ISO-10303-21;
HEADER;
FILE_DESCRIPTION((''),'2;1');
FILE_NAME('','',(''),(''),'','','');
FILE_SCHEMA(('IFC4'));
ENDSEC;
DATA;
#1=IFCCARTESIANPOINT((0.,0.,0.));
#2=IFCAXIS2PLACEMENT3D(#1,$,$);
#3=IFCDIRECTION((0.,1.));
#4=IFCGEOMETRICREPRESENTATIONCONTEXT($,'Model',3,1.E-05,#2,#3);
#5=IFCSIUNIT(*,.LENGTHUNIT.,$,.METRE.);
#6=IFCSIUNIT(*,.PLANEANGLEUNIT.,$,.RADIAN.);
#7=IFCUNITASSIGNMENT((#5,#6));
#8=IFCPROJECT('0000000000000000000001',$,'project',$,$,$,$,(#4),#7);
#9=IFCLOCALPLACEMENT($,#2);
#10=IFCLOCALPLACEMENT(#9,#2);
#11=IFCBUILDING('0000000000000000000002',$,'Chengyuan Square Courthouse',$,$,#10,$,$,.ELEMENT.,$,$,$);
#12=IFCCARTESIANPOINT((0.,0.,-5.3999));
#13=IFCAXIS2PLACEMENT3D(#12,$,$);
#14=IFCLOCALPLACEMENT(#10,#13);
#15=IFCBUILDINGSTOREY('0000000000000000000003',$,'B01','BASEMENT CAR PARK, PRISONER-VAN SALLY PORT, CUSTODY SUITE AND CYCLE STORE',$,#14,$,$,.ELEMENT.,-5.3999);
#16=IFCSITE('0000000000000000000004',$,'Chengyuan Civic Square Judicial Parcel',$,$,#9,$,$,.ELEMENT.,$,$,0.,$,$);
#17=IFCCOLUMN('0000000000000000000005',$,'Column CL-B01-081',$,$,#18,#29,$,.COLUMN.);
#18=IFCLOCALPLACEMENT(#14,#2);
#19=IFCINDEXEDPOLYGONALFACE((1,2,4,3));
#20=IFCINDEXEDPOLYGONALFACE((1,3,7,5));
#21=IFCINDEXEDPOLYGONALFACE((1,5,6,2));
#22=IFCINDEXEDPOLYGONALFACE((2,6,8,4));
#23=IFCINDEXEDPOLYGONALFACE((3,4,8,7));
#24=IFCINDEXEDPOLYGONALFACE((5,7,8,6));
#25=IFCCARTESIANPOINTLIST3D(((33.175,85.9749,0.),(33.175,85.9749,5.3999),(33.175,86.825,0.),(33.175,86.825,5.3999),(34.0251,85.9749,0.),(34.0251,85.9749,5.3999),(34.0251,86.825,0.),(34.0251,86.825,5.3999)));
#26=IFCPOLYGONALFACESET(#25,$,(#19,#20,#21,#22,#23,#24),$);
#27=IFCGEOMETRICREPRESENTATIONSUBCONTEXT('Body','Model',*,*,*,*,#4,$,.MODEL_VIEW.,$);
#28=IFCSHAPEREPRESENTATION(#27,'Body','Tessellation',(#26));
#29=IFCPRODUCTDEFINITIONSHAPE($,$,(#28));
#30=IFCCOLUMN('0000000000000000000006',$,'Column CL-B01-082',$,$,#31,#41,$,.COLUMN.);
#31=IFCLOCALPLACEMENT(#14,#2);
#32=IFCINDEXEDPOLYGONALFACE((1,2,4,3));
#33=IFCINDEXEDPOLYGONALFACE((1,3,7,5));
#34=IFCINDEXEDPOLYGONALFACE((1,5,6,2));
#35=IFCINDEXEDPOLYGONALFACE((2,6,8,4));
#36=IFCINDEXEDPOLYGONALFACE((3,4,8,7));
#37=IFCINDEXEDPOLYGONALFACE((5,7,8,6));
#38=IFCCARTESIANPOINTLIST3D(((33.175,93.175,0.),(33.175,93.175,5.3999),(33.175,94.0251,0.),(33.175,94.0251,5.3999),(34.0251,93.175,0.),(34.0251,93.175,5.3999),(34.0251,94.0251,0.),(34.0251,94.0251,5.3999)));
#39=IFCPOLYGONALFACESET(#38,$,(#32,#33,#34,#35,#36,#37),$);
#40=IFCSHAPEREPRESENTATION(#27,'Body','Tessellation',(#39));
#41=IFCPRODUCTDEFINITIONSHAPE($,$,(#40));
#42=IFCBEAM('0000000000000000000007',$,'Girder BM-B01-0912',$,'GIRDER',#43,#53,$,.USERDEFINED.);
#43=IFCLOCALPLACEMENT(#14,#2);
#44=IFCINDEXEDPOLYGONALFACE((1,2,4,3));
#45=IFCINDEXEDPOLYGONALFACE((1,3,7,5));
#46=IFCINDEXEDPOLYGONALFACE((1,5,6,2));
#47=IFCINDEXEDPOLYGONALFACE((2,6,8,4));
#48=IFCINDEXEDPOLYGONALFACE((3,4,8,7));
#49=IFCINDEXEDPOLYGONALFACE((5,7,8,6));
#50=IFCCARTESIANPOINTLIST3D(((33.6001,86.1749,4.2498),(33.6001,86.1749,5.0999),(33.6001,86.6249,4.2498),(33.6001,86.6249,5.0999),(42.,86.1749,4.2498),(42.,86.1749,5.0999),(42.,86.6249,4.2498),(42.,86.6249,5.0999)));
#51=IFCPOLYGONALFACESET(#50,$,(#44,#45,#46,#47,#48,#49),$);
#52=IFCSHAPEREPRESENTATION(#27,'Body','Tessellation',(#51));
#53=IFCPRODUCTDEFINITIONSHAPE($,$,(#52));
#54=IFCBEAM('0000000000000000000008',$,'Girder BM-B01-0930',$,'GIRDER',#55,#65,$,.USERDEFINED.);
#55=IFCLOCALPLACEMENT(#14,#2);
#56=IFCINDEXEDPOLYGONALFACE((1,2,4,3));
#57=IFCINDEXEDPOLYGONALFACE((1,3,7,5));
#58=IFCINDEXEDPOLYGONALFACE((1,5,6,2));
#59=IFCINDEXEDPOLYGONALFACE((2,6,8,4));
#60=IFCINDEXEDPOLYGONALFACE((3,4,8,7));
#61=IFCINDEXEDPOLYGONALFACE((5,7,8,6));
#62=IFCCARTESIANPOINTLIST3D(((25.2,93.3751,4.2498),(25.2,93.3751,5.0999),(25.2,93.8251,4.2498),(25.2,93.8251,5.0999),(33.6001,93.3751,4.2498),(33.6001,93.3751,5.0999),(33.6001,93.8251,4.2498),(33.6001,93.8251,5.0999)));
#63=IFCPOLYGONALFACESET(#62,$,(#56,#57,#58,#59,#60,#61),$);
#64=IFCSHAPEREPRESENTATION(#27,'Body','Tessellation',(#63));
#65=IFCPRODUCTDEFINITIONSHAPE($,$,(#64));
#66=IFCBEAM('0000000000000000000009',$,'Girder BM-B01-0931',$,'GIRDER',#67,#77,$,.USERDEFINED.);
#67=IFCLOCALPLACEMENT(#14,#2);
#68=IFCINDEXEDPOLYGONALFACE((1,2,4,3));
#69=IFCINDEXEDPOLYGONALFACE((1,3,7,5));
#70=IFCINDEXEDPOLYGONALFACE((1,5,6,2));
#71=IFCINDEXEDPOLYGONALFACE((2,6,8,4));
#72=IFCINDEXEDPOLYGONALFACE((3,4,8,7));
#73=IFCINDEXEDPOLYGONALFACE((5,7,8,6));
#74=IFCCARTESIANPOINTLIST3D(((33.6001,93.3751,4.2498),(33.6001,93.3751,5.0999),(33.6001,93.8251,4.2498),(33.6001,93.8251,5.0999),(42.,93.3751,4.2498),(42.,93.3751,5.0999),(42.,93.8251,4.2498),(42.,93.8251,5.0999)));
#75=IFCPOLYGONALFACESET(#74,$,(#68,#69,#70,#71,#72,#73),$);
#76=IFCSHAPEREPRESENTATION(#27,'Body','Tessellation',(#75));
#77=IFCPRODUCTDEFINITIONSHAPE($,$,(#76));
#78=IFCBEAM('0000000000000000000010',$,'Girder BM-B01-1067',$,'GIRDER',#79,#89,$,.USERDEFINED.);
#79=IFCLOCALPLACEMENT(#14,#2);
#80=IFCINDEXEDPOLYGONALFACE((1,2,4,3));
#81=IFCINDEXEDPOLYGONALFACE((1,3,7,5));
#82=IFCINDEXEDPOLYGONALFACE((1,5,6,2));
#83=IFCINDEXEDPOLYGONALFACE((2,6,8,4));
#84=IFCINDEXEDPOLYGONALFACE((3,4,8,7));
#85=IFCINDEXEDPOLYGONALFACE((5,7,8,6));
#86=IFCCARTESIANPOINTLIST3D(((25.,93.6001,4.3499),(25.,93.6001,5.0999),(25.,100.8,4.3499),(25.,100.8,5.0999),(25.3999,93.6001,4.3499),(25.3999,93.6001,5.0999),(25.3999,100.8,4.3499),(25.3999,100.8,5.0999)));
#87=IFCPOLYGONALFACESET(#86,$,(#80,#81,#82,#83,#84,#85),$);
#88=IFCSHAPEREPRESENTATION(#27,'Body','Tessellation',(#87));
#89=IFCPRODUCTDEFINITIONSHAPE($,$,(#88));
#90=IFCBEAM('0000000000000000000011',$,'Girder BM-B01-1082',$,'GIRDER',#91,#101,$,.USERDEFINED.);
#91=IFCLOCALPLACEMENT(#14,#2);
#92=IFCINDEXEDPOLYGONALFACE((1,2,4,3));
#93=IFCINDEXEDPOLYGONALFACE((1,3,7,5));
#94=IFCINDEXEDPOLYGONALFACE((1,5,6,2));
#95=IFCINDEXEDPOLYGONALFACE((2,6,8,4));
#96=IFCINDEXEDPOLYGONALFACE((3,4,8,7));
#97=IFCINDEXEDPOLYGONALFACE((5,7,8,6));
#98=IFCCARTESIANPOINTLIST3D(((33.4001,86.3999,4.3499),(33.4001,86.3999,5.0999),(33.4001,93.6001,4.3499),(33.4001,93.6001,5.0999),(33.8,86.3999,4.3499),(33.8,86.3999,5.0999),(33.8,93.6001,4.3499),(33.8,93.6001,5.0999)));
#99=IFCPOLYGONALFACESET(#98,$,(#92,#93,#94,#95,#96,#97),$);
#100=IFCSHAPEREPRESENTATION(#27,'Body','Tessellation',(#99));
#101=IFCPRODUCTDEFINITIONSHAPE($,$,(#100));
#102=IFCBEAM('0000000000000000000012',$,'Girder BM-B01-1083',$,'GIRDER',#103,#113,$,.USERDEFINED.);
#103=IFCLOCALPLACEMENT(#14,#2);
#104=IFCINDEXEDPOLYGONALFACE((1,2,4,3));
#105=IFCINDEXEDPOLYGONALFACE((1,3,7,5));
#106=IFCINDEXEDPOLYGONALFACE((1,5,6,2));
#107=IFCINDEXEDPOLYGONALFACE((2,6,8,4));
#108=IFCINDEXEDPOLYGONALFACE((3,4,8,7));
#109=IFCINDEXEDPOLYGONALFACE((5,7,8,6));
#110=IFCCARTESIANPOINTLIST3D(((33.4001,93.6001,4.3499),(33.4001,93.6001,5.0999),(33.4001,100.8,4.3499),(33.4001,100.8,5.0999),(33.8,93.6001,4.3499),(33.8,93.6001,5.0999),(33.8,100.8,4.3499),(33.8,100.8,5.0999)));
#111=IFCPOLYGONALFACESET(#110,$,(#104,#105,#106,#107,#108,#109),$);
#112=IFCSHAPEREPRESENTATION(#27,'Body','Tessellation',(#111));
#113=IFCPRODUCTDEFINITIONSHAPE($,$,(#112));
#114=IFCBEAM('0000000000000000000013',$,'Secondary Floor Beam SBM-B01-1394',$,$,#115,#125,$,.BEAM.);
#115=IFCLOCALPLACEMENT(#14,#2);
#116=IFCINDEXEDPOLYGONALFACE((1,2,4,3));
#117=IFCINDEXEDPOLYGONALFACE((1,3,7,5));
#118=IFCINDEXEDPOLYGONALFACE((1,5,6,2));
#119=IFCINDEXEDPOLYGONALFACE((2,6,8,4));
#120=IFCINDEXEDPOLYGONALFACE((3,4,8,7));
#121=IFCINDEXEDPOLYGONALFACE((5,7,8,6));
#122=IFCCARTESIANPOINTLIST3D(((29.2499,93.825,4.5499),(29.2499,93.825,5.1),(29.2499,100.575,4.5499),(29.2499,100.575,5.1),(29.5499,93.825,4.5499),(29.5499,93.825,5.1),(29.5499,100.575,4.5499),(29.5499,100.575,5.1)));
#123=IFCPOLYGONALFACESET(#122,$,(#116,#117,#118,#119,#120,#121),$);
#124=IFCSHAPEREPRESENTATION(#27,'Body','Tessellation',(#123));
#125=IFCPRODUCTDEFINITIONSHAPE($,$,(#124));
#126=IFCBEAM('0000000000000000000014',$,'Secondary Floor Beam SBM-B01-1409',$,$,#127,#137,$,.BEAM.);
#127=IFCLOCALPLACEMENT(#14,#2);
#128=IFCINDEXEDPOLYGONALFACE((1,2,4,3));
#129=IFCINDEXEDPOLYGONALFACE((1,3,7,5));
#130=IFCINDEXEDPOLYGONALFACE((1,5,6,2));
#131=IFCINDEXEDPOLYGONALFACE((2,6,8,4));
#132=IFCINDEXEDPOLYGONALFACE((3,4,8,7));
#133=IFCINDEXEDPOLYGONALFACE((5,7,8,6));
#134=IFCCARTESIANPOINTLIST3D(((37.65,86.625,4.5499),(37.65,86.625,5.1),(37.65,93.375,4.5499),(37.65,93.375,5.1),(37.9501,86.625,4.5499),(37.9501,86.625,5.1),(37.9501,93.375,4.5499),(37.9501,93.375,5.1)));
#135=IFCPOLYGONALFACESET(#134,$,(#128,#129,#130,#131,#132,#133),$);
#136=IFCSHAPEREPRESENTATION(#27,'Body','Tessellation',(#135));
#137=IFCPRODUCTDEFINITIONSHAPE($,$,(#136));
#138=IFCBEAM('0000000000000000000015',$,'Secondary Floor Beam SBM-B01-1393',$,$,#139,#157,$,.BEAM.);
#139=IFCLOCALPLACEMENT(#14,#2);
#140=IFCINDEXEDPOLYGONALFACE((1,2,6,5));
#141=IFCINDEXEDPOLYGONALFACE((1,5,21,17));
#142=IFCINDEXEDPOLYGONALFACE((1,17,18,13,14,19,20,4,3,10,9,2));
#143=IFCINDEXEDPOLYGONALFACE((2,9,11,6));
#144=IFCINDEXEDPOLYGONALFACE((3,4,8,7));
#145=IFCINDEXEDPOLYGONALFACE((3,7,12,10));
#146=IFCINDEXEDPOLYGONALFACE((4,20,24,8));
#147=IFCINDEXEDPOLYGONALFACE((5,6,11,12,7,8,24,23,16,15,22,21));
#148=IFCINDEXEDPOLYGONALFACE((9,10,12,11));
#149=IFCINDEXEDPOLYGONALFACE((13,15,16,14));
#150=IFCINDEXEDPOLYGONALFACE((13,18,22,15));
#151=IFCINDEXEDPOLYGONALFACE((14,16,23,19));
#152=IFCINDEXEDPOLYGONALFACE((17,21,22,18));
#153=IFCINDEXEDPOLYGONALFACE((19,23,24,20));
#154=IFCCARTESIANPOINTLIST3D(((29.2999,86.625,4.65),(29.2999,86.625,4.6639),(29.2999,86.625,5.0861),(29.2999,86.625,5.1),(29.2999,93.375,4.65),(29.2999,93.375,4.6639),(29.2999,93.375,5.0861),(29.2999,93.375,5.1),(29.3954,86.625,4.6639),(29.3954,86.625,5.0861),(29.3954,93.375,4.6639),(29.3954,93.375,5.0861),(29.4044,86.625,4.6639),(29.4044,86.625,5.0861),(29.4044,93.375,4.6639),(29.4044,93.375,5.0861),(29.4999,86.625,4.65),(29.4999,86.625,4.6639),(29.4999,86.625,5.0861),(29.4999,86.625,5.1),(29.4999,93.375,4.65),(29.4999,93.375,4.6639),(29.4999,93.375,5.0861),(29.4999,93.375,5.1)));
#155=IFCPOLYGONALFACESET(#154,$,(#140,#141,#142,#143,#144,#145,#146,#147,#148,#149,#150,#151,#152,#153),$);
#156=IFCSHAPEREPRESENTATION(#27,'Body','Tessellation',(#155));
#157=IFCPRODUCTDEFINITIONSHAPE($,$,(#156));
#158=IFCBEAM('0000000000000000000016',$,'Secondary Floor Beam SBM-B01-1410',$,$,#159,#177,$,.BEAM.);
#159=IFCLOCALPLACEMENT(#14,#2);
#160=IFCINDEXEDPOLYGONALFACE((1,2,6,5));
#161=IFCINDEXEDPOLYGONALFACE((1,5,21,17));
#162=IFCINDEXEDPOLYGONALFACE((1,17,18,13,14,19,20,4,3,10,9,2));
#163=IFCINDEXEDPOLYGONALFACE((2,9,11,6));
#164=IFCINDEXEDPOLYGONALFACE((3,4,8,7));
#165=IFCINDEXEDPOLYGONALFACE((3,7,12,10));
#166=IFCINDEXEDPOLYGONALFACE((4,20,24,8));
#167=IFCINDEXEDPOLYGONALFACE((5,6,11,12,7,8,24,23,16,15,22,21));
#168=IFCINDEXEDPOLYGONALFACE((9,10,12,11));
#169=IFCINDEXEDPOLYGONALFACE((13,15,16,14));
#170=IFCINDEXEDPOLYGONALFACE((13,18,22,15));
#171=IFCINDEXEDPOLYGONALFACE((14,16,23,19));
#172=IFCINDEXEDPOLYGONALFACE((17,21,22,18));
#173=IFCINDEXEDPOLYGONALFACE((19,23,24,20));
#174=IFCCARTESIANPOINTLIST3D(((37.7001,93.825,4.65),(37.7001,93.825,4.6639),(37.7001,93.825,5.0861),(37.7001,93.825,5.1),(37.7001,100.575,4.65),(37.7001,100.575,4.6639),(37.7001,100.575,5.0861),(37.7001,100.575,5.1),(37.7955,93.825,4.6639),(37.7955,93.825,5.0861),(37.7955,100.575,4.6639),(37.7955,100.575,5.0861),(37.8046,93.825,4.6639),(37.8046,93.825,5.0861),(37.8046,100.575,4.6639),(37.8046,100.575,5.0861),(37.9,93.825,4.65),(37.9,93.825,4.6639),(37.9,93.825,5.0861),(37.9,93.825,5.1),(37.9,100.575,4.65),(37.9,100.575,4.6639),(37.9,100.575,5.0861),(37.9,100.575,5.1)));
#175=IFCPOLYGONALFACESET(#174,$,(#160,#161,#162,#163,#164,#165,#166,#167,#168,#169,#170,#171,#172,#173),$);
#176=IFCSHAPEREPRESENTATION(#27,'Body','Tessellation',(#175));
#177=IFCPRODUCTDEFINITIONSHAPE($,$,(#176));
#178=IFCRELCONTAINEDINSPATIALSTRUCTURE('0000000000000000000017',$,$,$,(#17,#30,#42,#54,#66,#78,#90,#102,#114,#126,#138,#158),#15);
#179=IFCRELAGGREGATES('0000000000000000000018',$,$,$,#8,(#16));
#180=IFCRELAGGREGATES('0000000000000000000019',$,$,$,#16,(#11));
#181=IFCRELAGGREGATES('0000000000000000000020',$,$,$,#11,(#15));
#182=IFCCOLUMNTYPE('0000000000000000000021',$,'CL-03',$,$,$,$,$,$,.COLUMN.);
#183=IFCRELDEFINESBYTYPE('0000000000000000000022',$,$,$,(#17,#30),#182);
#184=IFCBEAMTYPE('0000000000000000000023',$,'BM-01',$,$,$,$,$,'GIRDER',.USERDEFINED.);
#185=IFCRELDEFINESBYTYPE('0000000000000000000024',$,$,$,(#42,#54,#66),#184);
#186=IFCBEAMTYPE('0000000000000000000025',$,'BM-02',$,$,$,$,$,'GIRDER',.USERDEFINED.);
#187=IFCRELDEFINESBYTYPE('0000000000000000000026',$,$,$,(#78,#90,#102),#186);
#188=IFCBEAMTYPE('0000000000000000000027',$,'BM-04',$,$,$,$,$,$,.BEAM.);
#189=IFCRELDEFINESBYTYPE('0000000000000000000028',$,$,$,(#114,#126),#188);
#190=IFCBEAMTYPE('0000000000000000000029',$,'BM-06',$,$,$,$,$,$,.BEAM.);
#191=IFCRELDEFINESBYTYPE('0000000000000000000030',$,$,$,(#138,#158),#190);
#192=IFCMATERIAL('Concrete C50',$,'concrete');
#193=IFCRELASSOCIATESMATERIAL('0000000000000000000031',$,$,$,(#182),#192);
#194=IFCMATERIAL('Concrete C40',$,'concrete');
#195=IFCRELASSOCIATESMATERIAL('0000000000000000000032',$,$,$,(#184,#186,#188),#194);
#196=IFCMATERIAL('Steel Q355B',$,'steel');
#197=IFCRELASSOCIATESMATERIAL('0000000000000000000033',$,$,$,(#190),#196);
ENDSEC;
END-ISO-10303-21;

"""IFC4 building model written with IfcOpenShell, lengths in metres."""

from ifc_helpers import new_model, si_unit, direction, frame, origin, origin_2d, place, context, subcontext, project, spatial, rectangle, i_section, extrude, material, material_profile, profile_set, type_object, element, save


model = new_model("IFC4")

# Units and contexts
model_context = context("Model", 3, precision=1e-05, world=origin(), true_north=direction((0.0, 1.0)))
body_context = subcontext(model_context, "Body", "Model", "MODEL_VIEW")
ifc_project = project(units=[si_unit("LENGTHUNIT", "METRE"), si_unit("PLANEANGLEUNIT", "RADIAN")], contexts=[model_context])

# Site, building, storey
site_placement = place(None, origin())
site = spatial("IfcSite", under=ifc_project, at=site_placement, Name="Chengyuan Civic Square Judicial Parcel", CompositionType="ELEMENT", RefElevation=0.0)
building_placement = place(site_placement, origin())
building = spatial("IfcBuilding", under=site, at=building_placement, Name="Chengyuan Square Courthouse", CompositionType="ELEMENT")
storey_placement = place(building_placement, frame((0.0, 0.0, -5.3999)))
storey = spatial("IfcBuildingStorey", under=building, at=storey_placement, Name="B01", Description="BASEMENT CAR PARK, PRISONER-VAN SALLY PORT, CUSTODY SUITE AND CYCLE STORE", CompositionType="ELEMENT", Elevation=-5.3999)

# Columns
ifc_material_1 = material(Name="Concrete C50", Category="concrete")
ifc_material_profile_1 = material_profile(ifc_material_1, rectangle(XDim=0.8501, YDim=0.8501, at=origin_2d()), Name="RC-COL-850x850")
ifc_profile_set_1 = profile_set([ifc_material_profile_1], Name="Concrete C50")
column_type = type_object("IfcColumnType", Name="CL-03", PredefinedType="COLUMN", material=ifc_profile_set_1)
for number, where, z_axis, x_axis, name in (
    (1, (33.6001, 86.3999, 0.0), (0.0, 0.0, 1.0), (1.0, 0.0, 0.0), "Column CL-B01-081"),
    (2, (33.6001, 93.6001, 0.0), (0.0, 0.0, 1.0), (1.0, 0.0, 0.0), "Column CL-B01-082"),
):
    element("IfcColumn", number, at=place(storey_placement, frame(where, z_axis=z_axis, x_axis=x_axis)), inside=storey, type_object=column_type, Name=name, PredefinedType="COLUMN", context=body_context, shape_type="SweptSolid", body=[
        extrude(rectangle(XDim=0.8501, YDim=0.8501, at=origin_2d()), origin(), (0.0, 0.0, 1.0), 5.3999),
    ])

# Beams
ifc_material_2 = material(Name="Concrete C40", Category="concrete")
ifc_material_profile_2 = material_profile(ifc_material_2, rectangle(XDim=0.45, YDim=0.8501, at=origin_2d()), Name="RC-BM-450x850")
ifc_profile_set_2 = profile_set([ifc_material_profile_2], Name="Concrete C40")
beam_type_1 = type_object("IfcBeamType", Name="BM-01", ElementType="GIRDER", PredefinedType="USERDEFINED", material=ifc_profile_set_2)
beam_1_placement = place(storey_placement, frame((33.6001, 86.3999, 4.6748), z_axis=(1.0, 0.0, 0.0), x_axis=(0.0, 1.0, 0.0)))
element("IfcBeam", 3, at=beam_1_placement, inside=storey, type_object=beam_type_1, Name="Girder BM-B01-0912", ObjectType="GIRDER", PredefinedType="USERDEFINED", context=body_context, shape_type="SweptSolid", body=[
    extrude(rectangle(XDim=0.45, YDim=0.8501, at=origin_2d()), origin(), (0.0, 0.0, 1.0), 8.3999),
])
beam_2_placement = place(storey_placement, frame((25.2, 93.6001, 4.6748), z_axis=(1.0, 0.0, 0.0), x_axis=(0.0, 1.0, 0.0)))
element("IfcBeam", 4, at=beam_2_placement, inside=storey, type_object=beam_type_1, Name="Girder BM-B01-0930", ObjectType="GIRDER", PredefinedType="USERDEFINED", context=body_context, shape_type="SweptSolid", body=[
    extrude(rectangle(XDim=0.45, YDim=0.8501, at=origin_2d()), origin(), (0.0, 0.0, 1.0), 8.4001),
])
beam_3_placement = place(storey_placement, frame((33.6001, 93.6001, 4.6748), z_axis=(1.0, 0.0, 0.0), x_axis=(0.0, 1.0, 0.0)))
element("IfcBeam", 5, at=beam_3_placement, inside=storey, type_object=beam_type_1, Name="Girder BM-B01-0931", ObjectType="GIRDER", PredefinedType="USERDEFINED", context=body_context, shape_type="SweptSolid", body=[
    extrude(rectangle(XDim=0.45, YDim=0.8501, at=origin_2d()), origin(), (0.0, 0.0, 1.0), 8.3999),
])
ifc_material_profile_3 = material_profile(ifc_material_2, rectangle(XDim=0.3999, YDim=0.75, at=origin_2d()), Name="RC-BM-400x750")
ifc_profile_set_3 = profile_set([ifc_material_profile_3], Name="Concrete C40")
beam_type_2 = type_object("IfcBeamType", Name="BM-02", ElementType="GIRDER", PredefinedType="USERDEFINED", material=ifc_profile_set_3)
beam_4_placement = place(storey_placement, frame((25.2, 93.6001, 4.7249), z_axis=(0.0, 1.0, 0.0), x_axis=(-1.0, 0.0, 0.0)))
element("IfcBeam", 6, at=beam_4_placement, inside=storey, type_object=beam_type_2, Name="Girder BM-B01-1067", ObjectType="GIRDER", PredefinedType="USERDEFINED", context=body_context, shape_type="SweptSolid", body=[
    extrude(rectangle(XDim=0.3999, YDim=0.75, at=origin_2d()), origin(), (0.0, 0.0, 1.0), 7.2),
])
beam_5_placement = place(storey_placement, frame((33.6001, 86.3999, 4.7249), z_axis=(0.0, 1.0, 0.0), x_axis=(-1.0, 0.0, 0.0)))
element("IfcBeam", 7, at=beam_5_placement, inside=storey, type_object=beam_type_2, Name="Girder BM-B01-1082", ObjectType="GIRDER", PredefinedType="USERDEFINED", context=body_context, shape_type="SweptSolid", body=[
    extrude(rectangle(XDim=0.3999, YDim=0.75, at=origin_2d()), origin(), (0.0, 0.0, 1.0), 7.2002),
])
beam_6_placement = place(storey_placement, frame((33.6001, 93.6001, 4.7249), z_axis=(0.0, 1.0, 0.0), x_axis=(-1.0, 0.0, 0.0)))
element("IfcBeam", 8, at=beam_6_placement, inside=storey, type_object=beam_type_2, Name="Girder BM-B01-1083", ObjectType="GIRDER", PredefinedType="USERDEFINED", context=body_context, shape_type="SweptSolid", body=[
    extrude(rectangle(XDim=0.3999, YDim=0.75, at=origin_2d()), origin(), (0.0, 0.0, 1.0), 7.2),
])
ifc_material_profile_4 = material_profile(ifc_material_2, rectangle(XDim=0.3, YDim=0.55, at=origin_2d()), Name="RC-BM-300x550")
ifc_profile_set_4 = profile_set([ifc_material_profile_4], Name="Concrete C40")
beam_type_3 = type_object("IfcBeamType", Name="BM-04", PredefinedType="BEAM", material=ifc_profile_set_4)
for number, where, z_axis, x_axis, name in (
    (9, (29.3999, 93.825, 4.825), (0.0, 1.0, 0.0), (-1.0, 0.0, 0.0), "Secondary Floor Beam SBM-B01-1394"),
    (10, (37.8, 86.625, 4.825), (0.0, 1.0, 0.0), (-1.0, 0.0, 0.0), "Secondary Floor Beam SBM-B01-1409"),
):
    element("IfcBeam", number, at=place(storey_placement, frame(where, z_axis=z_axis, x_axis=x_axis)), inside=storey, type_object=beam_type_3, Name=name, PredefinedType="BEAM", context=body_context, shape_type="SweptSolid", body=[
        extrude(rectangle(XDim=0.3, YDim=0.55, at=origin_2d()), origin(), (0.0, 0.0, 1.0), 6.75),
    ])
ifc_material_3 = material(Name="Steel Q355B", Category="steel")
ifc_material_profile_5 = material_profile(ifc_material_3, i_section(OverallWidth=0.2, OverallDepth=0.45, WebThickness=0.009, FlangeThickness=0.0139, at=origin_2d()), Name="HN 450x200x9x14")
ifc_profile_set_5 = profile_set([ifc_material_profile_5], Name="Steel Q355B")
beam_type_4 = type_object("IfcBeamType", Name="BM-06", PredefinedType="BEAM", material=ifc_profile_set_5)
for number, where, z_axis, x_axis, name in (
    (11, (29.3999, 86.625, 4.875), (0.0, 1.0, 0.0), (-1.0, 0.0, 0.0), "Secondary Floor Beam SBM-B01-1393"),
    (12, (37.8, 93.825, 4.875), (0.0, 1.0, 0.0), (-1.0, 0.0, 0.0), "Secondary Floor Beam SBM-B01-1410"),
):
    element("IfcBeam", number, at=place(storey_placement, frame(where, z_axis=z_axis, x_axis=x_axis)), inside=storey, type_object=beam_type_4, Name=name, PredefinedType="BEAM", context=body_context, shape_type="SweptSolid", body=[
        extrude(i_section(OverallWidth=0.2, OverallDepth=0.45, WebThickness=0.009, FlangeThickness=0.0139, at=origin_2d()), origin(), (0.0, 0.0, 1.0), 6.75),
    ])

save(model, "model.ifc")
